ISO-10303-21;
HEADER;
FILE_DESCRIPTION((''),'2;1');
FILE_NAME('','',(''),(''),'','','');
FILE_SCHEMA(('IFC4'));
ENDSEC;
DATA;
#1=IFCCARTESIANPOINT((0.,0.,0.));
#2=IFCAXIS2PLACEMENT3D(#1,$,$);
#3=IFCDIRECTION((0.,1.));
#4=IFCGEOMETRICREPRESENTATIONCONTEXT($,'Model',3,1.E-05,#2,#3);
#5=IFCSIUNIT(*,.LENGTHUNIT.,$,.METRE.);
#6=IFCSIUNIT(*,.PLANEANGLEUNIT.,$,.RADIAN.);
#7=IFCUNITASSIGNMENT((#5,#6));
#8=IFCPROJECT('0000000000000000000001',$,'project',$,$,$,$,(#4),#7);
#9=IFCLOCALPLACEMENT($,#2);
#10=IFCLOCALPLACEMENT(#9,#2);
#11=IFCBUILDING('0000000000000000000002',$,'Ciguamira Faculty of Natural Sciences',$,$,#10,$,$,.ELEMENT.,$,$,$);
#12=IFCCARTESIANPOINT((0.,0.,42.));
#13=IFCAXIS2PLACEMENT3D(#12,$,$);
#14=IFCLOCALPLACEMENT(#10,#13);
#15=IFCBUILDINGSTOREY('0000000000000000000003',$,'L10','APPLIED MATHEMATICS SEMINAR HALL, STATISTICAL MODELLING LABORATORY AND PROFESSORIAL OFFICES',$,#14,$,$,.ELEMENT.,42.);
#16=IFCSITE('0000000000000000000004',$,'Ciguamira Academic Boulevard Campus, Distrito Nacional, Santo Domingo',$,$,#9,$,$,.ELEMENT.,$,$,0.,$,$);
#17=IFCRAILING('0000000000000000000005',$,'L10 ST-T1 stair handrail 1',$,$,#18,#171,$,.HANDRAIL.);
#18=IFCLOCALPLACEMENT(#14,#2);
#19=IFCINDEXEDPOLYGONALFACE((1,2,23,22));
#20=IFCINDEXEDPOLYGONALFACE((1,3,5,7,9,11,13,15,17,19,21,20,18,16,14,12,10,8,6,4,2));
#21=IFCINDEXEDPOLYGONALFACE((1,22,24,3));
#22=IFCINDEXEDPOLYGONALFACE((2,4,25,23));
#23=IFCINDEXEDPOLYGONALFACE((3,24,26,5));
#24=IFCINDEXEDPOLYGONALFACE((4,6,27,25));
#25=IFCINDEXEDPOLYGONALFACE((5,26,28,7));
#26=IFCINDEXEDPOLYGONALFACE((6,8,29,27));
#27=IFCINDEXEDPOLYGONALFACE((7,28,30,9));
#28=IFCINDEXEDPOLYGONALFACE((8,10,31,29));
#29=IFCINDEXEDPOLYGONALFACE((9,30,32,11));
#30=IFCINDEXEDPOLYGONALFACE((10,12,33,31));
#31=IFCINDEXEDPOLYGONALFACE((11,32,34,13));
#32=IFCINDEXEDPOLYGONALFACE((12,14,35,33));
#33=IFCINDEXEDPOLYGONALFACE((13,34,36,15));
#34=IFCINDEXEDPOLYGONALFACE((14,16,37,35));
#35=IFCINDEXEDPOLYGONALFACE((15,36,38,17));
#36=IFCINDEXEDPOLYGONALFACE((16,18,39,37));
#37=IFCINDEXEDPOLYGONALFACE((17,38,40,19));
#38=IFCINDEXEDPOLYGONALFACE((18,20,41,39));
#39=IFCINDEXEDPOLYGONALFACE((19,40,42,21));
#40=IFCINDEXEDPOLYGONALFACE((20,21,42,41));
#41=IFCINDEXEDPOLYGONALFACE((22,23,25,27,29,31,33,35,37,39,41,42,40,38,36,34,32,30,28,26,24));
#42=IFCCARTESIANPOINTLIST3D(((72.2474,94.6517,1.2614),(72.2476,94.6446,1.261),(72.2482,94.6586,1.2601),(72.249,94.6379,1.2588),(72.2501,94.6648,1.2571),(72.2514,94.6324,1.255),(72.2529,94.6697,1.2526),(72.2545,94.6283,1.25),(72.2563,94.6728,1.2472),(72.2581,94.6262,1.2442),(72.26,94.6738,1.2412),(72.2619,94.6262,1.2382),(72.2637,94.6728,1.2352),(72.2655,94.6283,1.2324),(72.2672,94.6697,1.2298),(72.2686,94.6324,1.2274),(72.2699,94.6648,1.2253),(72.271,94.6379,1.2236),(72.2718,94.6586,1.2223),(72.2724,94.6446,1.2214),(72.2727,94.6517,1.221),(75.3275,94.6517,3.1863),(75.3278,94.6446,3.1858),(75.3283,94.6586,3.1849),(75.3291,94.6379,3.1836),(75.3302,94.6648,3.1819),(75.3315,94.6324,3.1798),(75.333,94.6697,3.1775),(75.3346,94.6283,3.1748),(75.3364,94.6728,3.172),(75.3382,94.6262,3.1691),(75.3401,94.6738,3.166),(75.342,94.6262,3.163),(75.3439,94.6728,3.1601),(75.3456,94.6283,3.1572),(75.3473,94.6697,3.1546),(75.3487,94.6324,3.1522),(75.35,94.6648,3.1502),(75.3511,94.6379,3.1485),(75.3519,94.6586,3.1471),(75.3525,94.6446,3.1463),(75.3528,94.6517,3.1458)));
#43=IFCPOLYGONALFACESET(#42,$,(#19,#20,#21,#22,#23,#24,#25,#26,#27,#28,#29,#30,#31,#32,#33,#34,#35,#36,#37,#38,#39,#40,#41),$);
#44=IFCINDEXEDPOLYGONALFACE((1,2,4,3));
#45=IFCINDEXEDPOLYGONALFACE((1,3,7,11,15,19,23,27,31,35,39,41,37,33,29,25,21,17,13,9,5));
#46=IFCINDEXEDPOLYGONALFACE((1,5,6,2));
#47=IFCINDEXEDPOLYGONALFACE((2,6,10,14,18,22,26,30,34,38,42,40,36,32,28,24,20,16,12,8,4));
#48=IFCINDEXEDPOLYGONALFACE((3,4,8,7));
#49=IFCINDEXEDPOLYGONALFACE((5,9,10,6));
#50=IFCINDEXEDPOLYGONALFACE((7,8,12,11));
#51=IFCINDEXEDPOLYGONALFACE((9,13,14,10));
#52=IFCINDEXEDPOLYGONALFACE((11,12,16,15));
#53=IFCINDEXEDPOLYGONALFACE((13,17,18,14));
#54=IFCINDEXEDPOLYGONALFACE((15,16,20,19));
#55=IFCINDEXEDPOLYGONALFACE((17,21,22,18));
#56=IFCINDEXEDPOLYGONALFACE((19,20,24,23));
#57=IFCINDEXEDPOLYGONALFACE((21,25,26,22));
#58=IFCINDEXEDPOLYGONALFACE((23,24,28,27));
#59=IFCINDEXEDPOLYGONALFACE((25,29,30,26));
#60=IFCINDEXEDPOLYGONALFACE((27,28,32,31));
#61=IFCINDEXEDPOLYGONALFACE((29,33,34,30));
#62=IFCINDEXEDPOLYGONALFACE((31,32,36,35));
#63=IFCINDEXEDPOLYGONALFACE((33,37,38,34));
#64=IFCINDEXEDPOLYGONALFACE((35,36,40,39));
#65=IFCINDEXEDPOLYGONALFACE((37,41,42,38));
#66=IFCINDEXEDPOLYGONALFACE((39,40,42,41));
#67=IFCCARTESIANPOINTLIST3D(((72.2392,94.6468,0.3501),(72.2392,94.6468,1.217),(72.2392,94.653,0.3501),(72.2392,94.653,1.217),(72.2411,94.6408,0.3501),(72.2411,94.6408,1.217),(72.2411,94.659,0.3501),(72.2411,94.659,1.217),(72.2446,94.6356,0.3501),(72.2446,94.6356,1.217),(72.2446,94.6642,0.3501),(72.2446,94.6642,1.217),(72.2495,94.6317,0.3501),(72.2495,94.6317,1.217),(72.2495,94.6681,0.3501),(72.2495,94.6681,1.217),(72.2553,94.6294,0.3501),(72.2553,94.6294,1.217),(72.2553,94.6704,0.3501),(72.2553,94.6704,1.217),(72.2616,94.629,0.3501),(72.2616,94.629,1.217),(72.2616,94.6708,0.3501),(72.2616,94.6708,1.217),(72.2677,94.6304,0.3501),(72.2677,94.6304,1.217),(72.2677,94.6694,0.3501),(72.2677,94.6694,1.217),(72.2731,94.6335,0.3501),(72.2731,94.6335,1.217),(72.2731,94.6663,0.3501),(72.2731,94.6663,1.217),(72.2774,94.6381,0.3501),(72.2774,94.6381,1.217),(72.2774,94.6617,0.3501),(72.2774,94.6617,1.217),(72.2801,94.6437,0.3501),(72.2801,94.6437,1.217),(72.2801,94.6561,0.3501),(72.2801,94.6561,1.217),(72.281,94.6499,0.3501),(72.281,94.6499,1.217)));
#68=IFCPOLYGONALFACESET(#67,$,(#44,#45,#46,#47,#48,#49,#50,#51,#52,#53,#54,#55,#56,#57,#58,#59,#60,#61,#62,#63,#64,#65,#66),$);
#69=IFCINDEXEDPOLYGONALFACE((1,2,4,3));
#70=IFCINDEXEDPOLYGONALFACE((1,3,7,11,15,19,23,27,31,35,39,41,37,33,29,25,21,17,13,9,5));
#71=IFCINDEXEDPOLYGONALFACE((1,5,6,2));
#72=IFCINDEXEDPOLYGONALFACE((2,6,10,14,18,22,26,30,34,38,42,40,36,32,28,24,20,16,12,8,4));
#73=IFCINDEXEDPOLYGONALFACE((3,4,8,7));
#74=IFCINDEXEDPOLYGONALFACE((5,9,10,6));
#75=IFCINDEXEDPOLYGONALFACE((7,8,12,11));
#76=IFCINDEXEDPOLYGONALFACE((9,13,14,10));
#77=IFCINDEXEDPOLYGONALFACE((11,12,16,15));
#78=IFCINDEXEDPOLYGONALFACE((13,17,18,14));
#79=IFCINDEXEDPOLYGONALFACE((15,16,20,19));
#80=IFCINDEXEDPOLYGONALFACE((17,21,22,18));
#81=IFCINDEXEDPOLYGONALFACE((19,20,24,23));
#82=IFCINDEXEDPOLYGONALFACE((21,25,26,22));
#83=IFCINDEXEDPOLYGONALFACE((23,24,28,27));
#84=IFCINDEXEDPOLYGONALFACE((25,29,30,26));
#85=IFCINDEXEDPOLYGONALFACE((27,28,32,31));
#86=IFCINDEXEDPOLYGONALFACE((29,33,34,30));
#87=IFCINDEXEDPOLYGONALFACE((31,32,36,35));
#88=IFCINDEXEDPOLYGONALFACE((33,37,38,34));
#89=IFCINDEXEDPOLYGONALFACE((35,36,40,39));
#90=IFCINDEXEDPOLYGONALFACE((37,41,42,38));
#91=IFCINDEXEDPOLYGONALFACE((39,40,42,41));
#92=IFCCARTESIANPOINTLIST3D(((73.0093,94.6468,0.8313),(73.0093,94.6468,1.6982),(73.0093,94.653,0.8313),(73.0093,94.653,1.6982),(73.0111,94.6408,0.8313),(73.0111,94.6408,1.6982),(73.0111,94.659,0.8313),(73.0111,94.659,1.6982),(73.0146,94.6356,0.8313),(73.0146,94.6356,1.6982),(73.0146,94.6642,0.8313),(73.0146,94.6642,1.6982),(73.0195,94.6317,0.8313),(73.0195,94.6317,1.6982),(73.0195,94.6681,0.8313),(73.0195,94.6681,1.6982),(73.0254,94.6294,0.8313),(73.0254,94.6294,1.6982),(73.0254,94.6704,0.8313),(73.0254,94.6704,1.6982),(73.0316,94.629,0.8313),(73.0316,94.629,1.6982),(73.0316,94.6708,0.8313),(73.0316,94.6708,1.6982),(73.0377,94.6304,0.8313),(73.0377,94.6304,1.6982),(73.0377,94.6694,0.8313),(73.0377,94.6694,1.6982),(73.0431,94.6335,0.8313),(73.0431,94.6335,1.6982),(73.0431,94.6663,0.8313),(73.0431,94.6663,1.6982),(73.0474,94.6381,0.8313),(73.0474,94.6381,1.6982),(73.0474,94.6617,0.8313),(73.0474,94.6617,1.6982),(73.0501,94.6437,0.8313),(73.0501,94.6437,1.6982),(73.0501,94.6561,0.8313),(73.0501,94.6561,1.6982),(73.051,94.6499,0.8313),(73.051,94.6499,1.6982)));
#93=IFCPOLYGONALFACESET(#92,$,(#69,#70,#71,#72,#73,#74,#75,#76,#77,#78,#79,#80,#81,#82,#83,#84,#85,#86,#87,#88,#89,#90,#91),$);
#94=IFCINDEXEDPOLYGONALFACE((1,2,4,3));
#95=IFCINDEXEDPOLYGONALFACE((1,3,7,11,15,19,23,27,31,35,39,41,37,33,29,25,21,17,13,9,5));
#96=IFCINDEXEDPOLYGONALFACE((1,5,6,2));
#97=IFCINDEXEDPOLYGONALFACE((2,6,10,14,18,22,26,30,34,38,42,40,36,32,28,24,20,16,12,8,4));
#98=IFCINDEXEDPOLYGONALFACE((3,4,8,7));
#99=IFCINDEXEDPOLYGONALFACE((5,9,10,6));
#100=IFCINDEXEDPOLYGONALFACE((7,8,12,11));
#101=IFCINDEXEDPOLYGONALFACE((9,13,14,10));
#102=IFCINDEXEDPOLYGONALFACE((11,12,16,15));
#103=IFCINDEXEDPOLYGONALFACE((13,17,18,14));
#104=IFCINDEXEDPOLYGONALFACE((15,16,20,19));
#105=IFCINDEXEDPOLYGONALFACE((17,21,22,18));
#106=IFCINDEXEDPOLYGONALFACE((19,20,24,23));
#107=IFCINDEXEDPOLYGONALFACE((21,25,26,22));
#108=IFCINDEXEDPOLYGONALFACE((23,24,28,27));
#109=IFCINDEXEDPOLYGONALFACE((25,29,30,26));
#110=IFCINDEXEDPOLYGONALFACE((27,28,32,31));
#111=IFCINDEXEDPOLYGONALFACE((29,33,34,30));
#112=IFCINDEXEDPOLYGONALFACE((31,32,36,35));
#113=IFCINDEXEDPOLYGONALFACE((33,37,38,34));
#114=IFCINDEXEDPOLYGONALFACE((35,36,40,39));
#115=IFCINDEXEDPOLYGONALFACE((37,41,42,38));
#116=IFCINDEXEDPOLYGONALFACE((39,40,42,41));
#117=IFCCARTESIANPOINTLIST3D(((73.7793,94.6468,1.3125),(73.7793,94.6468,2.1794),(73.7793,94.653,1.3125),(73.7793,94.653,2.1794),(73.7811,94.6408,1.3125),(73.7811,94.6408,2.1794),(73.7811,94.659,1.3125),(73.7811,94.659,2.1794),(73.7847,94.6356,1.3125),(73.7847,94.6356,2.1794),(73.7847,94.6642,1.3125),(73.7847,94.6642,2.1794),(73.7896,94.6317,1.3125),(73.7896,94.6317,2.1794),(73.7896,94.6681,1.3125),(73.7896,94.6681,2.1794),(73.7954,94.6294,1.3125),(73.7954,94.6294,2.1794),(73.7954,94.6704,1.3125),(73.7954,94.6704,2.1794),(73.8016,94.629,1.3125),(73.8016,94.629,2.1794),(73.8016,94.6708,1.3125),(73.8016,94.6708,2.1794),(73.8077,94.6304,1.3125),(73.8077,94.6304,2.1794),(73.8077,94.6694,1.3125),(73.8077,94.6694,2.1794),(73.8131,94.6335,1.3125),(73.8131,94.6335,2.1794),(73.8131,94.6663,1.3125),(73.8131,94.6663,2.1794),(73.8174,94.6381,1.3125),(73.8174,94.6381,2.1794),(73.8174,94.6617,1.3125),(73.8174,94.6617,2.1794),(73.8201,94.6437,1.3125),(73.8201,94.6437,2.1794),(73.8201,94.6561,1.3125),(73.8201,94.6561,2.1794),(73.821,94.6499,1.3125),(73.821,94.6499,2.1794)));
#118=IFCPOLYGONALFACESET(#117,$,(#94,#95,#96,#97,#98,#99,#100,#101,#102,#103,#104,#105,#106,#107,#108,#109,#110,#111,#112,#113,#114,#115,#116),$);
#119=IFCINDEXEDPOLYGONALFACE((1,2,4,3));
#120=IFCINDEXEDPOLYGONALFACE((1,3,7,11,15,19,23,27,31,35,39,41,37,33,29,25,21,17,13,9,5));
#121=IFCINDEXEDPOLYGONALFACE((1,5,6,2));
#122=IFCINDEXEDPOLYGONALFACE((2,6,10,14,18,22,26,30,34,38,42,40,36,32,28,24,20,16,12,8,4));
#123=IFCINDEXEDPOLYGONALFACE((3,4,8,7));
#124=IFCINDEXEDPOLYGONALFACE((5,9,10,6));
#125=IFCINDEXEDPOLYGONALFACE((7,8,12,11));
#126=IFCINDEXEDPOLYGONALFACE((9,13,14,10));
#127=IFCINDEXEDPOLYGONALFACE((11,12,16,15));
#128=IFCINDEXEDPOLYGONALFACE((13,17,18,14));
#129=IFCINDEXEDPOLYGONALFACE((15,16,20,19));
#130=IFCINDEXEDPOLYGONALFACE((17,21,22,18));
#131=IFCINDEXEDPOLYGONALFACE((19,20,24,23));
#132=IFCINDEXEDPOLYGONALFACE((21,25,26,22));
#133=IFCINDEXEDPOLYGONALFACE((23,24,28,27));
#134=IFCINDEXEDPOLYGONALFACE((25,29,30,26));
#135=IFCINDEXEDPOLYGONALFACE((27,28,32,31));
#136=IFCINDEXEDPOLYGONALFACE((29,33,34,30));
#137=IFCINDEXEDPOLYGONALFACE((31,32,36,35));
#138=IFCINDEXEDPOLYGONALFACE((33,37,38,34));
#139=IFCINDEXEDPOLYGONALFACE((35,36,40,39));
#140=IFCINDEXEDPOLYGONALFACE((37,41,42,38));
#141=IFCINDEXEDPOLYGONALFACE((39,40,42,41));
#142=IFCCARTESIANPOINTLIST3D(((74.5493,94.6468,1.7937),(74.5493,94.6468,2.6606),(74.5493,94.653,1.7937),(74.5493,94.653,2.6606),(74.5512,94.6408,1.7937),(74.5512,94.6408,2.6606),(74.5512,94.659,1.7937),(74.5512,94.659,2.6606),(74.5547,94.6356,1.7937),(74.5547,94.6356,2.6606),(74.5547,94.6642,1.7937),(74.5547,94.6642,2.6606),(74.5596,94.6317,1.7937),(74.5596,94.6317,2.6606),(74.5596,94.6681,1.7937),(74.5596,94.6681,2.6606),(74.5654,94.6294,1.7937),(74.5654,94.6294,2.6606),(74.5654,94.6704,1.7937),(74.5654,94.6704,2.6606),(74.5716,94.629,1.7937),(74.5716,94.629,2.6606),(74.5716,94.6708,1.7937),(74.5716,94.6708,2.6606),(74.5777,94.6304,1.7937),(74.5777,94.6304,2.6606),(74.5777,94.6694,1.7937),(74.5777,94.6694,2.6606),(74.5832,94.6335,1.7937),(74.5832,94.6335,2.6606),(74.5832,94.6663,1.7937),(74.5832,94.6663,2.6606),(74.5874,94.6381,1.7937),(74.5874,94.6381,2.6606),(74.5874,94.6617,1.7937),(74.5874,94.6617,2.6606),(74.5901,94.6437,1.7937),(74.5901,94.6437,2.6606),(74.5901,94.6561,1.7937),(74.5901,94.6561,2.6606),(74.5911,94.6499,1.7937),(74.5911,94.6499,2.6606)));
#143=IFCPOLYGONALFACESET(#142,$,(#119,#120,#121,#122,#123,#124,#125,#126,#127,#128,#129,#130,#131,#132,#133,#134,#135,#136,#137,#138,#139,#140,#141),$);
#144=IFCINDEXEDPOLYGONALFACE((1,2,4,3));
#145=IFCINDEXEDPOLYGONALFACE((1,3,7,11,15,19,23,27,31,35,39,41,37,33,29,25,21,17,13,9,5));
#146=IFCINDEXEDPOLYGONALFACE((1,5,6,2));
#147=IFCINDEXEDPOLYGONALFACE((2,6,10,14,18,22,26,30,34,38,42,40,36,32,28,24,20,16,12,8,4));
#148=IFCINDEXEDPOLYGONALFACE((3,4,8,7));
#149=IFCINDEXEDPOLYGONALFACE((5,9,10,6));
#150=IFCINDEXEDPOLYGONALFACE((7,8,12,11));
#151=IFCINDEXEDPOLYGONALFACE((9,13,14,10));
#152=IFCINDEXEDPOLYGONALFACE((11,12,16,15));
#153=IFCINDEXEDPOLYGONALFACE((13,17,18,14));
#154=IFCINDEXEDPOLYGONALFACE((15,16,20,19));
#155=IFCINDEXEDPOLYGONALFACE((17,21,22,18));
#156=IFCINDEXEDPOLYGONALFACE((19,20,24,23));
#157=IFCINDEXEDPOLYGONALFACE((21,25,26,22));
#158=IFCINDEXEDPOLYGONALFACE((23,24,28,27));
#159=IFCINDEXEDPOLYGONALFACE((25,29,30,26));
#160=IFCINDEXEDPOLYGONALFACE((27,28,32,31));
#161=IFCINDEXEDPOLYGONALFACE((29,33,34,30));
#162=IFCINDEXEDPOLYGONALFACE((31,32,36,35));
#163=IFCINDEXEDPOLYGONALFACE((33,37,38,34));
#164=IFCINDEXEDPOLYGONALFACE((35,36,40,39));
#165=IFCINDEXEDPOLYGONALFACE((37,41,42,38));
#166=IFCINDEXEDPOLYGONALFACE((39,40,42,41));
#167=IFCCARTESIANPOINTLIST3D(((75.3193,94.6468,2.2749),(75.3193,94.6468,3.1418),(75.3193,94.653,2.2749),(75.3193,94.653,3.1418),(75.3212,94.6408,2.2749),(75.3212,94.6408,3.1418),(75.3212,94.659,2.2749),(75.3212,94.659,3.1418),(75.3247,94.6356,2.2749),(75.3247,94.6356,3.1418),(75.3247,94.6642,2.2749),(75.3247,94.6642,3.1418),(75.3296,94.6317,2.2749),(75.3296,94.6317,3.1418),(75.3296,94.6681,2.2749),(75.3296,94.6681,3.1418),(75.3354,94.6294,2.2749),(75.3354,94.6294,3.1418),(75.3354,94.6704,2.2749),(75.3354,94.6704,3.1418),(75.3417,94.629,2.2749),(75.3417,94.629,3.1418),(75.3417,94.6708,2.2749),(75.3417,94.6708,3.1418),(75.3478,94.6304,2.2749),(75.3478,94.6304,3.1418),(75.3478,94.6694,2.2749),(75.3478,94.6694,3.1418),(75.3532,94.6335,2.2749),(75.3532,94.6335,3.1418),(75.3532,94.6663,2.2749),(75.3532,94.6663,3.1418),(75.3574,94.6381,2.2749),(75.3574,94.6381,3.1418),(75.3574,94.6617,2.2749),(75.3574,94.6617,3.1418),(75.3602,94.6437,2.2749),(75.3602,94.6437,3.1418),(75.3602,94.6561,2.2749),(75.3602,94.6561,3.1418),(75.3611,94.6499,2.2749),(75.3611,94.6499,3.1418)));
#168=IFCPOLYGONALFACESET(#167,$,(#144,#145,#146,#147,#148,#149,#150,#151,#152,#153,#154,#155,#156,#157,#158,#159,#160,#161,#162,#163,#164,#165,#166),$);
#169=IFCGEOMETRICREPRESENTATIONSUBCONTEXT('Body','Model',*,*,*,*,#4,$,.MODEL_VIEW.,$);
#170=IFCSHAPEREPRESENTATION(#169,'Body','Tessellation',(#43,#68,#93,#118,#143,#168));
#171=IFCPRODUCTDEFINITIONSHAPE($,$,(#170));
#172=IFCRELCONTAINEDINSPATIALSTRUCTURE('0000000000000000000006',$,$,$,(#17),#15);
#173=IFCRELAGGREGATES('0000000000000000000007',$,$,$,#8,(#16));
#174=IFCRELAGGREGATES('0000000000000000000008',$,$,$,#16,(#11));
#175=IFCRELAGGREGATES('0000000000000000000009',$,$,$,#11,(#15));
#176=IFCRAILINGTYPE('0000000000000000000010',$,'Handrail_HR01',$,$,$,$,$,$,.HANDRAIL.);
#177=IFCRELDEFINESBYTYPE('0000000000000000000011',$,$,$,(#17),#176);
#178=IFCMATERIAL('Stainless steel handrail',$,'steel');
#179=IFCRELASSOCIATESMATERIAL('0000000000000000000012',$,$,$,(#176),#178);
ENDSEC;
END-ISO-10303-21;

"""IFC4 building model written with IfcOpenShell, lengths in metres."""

from ifc_helpers import new_model, si_unit, direction, frame, origin, origin_2d, place, context, subcontext, project, spatial, circle, extrude, material, type_object, element, save


model = new_model("IFC4")

# Units and contexts
model_context = context("Model", 3, precision=1e-05, world=origin(), true_north=direction((0.0, 1.0)))
body_context = subcontext(model_context, "Body", "Model", "MODEL_VIEW")
ifc_project = project(units=[si_unit("LENGTHUNIT", "METRE"), si_unit("PLANEANGLEUNIT", "RADIAN")], contexts=[model_context])

# Site, building, storey
site_placement = place(None, origin())
site = spatial("IfcSite", under=ifc_project, at=site_placement, Name="Ciguamira Academic Boulevard Campus, Distrito Nacional, Santo Domingo", CompositionType="ELEMENT", RefElevation=0.0)
building_placement = place(site_placement, origin())
building = spatial("IfcBuilding", under=site, at=building_placement, Name="Ciguamira Faculty of Natural Sciences", CompositionType="ELEMENT")
storey_placement = place(building_placement, frame((0.0, 0.0, 42.0)))
storey = spatial("IfcBuildingStorey", under=building, at=storey_placement, Name="L10", Description="APPLIED MATHEMATICS SEMINAR HALL, STATISTICAL MODELLING LABORATORY AND PROFESSORIAL OFFICES", CompositionType="ELEMENT", Elevation=42.0)

# Railing
ifc_material_1 = material(Name="Stainless steel handrail", Category="steel")
railing_type_1 = type_object("IfcRailingType", Name="Handrail_HR01", PredefinedType="HANDRAIL", material=ifc_material_1)
railing_1_placement = place(storey_placement, frame((72.26, 94.6499, 0.3501)))
element("IfcRailing", 1, at=railing_1_placement, inside=storey, type_object=railing_type_1, Name="L10 ST-T1 stair handrail 1", PredefinedType="HANDRAIL", context=body_context, shape_type="SweptSolid", body=[
    extrude(circle(Radius=0.0239, at=origin_2d()), frame((0.0, 0.0, 0.8911), z_axis=(0.848029, 0.0, 0.529951), x_axis=(0.0, 1.0, 0.0)), (0.0, 0.0, 1.0), 3.6321),
    extrude(circle(Radius=0.021, at=origin_2d()), origin(), (0.0, 0.0, 1.0), 0.8669),
    extrude(circle(Radius=0.021, at=origin_2d()), frame((0.77, 0.0, 0.4812)), (0.0, 0.0, 1.0), 0.8669),
    extrude(circle(Radius=0.021, at=origin_2d()), frame((1.54, 0.0, 0.9624)), (0.0, 0.0, 1.0), 0.8669),
    extrude(circle(Radius=0.021, at=origin_2d()), frame((2.3101, 0.0, 1.4436)), (0.0, 0.0, 1.0), 0.8669),
    extrude(circle(Radius=0.021, at=origin_2d()), frame((3.0801, 0.0, 1.9248)), (0.0, 0.0, 1.0), 0.8669),
])

save(model, "model.ifc")
